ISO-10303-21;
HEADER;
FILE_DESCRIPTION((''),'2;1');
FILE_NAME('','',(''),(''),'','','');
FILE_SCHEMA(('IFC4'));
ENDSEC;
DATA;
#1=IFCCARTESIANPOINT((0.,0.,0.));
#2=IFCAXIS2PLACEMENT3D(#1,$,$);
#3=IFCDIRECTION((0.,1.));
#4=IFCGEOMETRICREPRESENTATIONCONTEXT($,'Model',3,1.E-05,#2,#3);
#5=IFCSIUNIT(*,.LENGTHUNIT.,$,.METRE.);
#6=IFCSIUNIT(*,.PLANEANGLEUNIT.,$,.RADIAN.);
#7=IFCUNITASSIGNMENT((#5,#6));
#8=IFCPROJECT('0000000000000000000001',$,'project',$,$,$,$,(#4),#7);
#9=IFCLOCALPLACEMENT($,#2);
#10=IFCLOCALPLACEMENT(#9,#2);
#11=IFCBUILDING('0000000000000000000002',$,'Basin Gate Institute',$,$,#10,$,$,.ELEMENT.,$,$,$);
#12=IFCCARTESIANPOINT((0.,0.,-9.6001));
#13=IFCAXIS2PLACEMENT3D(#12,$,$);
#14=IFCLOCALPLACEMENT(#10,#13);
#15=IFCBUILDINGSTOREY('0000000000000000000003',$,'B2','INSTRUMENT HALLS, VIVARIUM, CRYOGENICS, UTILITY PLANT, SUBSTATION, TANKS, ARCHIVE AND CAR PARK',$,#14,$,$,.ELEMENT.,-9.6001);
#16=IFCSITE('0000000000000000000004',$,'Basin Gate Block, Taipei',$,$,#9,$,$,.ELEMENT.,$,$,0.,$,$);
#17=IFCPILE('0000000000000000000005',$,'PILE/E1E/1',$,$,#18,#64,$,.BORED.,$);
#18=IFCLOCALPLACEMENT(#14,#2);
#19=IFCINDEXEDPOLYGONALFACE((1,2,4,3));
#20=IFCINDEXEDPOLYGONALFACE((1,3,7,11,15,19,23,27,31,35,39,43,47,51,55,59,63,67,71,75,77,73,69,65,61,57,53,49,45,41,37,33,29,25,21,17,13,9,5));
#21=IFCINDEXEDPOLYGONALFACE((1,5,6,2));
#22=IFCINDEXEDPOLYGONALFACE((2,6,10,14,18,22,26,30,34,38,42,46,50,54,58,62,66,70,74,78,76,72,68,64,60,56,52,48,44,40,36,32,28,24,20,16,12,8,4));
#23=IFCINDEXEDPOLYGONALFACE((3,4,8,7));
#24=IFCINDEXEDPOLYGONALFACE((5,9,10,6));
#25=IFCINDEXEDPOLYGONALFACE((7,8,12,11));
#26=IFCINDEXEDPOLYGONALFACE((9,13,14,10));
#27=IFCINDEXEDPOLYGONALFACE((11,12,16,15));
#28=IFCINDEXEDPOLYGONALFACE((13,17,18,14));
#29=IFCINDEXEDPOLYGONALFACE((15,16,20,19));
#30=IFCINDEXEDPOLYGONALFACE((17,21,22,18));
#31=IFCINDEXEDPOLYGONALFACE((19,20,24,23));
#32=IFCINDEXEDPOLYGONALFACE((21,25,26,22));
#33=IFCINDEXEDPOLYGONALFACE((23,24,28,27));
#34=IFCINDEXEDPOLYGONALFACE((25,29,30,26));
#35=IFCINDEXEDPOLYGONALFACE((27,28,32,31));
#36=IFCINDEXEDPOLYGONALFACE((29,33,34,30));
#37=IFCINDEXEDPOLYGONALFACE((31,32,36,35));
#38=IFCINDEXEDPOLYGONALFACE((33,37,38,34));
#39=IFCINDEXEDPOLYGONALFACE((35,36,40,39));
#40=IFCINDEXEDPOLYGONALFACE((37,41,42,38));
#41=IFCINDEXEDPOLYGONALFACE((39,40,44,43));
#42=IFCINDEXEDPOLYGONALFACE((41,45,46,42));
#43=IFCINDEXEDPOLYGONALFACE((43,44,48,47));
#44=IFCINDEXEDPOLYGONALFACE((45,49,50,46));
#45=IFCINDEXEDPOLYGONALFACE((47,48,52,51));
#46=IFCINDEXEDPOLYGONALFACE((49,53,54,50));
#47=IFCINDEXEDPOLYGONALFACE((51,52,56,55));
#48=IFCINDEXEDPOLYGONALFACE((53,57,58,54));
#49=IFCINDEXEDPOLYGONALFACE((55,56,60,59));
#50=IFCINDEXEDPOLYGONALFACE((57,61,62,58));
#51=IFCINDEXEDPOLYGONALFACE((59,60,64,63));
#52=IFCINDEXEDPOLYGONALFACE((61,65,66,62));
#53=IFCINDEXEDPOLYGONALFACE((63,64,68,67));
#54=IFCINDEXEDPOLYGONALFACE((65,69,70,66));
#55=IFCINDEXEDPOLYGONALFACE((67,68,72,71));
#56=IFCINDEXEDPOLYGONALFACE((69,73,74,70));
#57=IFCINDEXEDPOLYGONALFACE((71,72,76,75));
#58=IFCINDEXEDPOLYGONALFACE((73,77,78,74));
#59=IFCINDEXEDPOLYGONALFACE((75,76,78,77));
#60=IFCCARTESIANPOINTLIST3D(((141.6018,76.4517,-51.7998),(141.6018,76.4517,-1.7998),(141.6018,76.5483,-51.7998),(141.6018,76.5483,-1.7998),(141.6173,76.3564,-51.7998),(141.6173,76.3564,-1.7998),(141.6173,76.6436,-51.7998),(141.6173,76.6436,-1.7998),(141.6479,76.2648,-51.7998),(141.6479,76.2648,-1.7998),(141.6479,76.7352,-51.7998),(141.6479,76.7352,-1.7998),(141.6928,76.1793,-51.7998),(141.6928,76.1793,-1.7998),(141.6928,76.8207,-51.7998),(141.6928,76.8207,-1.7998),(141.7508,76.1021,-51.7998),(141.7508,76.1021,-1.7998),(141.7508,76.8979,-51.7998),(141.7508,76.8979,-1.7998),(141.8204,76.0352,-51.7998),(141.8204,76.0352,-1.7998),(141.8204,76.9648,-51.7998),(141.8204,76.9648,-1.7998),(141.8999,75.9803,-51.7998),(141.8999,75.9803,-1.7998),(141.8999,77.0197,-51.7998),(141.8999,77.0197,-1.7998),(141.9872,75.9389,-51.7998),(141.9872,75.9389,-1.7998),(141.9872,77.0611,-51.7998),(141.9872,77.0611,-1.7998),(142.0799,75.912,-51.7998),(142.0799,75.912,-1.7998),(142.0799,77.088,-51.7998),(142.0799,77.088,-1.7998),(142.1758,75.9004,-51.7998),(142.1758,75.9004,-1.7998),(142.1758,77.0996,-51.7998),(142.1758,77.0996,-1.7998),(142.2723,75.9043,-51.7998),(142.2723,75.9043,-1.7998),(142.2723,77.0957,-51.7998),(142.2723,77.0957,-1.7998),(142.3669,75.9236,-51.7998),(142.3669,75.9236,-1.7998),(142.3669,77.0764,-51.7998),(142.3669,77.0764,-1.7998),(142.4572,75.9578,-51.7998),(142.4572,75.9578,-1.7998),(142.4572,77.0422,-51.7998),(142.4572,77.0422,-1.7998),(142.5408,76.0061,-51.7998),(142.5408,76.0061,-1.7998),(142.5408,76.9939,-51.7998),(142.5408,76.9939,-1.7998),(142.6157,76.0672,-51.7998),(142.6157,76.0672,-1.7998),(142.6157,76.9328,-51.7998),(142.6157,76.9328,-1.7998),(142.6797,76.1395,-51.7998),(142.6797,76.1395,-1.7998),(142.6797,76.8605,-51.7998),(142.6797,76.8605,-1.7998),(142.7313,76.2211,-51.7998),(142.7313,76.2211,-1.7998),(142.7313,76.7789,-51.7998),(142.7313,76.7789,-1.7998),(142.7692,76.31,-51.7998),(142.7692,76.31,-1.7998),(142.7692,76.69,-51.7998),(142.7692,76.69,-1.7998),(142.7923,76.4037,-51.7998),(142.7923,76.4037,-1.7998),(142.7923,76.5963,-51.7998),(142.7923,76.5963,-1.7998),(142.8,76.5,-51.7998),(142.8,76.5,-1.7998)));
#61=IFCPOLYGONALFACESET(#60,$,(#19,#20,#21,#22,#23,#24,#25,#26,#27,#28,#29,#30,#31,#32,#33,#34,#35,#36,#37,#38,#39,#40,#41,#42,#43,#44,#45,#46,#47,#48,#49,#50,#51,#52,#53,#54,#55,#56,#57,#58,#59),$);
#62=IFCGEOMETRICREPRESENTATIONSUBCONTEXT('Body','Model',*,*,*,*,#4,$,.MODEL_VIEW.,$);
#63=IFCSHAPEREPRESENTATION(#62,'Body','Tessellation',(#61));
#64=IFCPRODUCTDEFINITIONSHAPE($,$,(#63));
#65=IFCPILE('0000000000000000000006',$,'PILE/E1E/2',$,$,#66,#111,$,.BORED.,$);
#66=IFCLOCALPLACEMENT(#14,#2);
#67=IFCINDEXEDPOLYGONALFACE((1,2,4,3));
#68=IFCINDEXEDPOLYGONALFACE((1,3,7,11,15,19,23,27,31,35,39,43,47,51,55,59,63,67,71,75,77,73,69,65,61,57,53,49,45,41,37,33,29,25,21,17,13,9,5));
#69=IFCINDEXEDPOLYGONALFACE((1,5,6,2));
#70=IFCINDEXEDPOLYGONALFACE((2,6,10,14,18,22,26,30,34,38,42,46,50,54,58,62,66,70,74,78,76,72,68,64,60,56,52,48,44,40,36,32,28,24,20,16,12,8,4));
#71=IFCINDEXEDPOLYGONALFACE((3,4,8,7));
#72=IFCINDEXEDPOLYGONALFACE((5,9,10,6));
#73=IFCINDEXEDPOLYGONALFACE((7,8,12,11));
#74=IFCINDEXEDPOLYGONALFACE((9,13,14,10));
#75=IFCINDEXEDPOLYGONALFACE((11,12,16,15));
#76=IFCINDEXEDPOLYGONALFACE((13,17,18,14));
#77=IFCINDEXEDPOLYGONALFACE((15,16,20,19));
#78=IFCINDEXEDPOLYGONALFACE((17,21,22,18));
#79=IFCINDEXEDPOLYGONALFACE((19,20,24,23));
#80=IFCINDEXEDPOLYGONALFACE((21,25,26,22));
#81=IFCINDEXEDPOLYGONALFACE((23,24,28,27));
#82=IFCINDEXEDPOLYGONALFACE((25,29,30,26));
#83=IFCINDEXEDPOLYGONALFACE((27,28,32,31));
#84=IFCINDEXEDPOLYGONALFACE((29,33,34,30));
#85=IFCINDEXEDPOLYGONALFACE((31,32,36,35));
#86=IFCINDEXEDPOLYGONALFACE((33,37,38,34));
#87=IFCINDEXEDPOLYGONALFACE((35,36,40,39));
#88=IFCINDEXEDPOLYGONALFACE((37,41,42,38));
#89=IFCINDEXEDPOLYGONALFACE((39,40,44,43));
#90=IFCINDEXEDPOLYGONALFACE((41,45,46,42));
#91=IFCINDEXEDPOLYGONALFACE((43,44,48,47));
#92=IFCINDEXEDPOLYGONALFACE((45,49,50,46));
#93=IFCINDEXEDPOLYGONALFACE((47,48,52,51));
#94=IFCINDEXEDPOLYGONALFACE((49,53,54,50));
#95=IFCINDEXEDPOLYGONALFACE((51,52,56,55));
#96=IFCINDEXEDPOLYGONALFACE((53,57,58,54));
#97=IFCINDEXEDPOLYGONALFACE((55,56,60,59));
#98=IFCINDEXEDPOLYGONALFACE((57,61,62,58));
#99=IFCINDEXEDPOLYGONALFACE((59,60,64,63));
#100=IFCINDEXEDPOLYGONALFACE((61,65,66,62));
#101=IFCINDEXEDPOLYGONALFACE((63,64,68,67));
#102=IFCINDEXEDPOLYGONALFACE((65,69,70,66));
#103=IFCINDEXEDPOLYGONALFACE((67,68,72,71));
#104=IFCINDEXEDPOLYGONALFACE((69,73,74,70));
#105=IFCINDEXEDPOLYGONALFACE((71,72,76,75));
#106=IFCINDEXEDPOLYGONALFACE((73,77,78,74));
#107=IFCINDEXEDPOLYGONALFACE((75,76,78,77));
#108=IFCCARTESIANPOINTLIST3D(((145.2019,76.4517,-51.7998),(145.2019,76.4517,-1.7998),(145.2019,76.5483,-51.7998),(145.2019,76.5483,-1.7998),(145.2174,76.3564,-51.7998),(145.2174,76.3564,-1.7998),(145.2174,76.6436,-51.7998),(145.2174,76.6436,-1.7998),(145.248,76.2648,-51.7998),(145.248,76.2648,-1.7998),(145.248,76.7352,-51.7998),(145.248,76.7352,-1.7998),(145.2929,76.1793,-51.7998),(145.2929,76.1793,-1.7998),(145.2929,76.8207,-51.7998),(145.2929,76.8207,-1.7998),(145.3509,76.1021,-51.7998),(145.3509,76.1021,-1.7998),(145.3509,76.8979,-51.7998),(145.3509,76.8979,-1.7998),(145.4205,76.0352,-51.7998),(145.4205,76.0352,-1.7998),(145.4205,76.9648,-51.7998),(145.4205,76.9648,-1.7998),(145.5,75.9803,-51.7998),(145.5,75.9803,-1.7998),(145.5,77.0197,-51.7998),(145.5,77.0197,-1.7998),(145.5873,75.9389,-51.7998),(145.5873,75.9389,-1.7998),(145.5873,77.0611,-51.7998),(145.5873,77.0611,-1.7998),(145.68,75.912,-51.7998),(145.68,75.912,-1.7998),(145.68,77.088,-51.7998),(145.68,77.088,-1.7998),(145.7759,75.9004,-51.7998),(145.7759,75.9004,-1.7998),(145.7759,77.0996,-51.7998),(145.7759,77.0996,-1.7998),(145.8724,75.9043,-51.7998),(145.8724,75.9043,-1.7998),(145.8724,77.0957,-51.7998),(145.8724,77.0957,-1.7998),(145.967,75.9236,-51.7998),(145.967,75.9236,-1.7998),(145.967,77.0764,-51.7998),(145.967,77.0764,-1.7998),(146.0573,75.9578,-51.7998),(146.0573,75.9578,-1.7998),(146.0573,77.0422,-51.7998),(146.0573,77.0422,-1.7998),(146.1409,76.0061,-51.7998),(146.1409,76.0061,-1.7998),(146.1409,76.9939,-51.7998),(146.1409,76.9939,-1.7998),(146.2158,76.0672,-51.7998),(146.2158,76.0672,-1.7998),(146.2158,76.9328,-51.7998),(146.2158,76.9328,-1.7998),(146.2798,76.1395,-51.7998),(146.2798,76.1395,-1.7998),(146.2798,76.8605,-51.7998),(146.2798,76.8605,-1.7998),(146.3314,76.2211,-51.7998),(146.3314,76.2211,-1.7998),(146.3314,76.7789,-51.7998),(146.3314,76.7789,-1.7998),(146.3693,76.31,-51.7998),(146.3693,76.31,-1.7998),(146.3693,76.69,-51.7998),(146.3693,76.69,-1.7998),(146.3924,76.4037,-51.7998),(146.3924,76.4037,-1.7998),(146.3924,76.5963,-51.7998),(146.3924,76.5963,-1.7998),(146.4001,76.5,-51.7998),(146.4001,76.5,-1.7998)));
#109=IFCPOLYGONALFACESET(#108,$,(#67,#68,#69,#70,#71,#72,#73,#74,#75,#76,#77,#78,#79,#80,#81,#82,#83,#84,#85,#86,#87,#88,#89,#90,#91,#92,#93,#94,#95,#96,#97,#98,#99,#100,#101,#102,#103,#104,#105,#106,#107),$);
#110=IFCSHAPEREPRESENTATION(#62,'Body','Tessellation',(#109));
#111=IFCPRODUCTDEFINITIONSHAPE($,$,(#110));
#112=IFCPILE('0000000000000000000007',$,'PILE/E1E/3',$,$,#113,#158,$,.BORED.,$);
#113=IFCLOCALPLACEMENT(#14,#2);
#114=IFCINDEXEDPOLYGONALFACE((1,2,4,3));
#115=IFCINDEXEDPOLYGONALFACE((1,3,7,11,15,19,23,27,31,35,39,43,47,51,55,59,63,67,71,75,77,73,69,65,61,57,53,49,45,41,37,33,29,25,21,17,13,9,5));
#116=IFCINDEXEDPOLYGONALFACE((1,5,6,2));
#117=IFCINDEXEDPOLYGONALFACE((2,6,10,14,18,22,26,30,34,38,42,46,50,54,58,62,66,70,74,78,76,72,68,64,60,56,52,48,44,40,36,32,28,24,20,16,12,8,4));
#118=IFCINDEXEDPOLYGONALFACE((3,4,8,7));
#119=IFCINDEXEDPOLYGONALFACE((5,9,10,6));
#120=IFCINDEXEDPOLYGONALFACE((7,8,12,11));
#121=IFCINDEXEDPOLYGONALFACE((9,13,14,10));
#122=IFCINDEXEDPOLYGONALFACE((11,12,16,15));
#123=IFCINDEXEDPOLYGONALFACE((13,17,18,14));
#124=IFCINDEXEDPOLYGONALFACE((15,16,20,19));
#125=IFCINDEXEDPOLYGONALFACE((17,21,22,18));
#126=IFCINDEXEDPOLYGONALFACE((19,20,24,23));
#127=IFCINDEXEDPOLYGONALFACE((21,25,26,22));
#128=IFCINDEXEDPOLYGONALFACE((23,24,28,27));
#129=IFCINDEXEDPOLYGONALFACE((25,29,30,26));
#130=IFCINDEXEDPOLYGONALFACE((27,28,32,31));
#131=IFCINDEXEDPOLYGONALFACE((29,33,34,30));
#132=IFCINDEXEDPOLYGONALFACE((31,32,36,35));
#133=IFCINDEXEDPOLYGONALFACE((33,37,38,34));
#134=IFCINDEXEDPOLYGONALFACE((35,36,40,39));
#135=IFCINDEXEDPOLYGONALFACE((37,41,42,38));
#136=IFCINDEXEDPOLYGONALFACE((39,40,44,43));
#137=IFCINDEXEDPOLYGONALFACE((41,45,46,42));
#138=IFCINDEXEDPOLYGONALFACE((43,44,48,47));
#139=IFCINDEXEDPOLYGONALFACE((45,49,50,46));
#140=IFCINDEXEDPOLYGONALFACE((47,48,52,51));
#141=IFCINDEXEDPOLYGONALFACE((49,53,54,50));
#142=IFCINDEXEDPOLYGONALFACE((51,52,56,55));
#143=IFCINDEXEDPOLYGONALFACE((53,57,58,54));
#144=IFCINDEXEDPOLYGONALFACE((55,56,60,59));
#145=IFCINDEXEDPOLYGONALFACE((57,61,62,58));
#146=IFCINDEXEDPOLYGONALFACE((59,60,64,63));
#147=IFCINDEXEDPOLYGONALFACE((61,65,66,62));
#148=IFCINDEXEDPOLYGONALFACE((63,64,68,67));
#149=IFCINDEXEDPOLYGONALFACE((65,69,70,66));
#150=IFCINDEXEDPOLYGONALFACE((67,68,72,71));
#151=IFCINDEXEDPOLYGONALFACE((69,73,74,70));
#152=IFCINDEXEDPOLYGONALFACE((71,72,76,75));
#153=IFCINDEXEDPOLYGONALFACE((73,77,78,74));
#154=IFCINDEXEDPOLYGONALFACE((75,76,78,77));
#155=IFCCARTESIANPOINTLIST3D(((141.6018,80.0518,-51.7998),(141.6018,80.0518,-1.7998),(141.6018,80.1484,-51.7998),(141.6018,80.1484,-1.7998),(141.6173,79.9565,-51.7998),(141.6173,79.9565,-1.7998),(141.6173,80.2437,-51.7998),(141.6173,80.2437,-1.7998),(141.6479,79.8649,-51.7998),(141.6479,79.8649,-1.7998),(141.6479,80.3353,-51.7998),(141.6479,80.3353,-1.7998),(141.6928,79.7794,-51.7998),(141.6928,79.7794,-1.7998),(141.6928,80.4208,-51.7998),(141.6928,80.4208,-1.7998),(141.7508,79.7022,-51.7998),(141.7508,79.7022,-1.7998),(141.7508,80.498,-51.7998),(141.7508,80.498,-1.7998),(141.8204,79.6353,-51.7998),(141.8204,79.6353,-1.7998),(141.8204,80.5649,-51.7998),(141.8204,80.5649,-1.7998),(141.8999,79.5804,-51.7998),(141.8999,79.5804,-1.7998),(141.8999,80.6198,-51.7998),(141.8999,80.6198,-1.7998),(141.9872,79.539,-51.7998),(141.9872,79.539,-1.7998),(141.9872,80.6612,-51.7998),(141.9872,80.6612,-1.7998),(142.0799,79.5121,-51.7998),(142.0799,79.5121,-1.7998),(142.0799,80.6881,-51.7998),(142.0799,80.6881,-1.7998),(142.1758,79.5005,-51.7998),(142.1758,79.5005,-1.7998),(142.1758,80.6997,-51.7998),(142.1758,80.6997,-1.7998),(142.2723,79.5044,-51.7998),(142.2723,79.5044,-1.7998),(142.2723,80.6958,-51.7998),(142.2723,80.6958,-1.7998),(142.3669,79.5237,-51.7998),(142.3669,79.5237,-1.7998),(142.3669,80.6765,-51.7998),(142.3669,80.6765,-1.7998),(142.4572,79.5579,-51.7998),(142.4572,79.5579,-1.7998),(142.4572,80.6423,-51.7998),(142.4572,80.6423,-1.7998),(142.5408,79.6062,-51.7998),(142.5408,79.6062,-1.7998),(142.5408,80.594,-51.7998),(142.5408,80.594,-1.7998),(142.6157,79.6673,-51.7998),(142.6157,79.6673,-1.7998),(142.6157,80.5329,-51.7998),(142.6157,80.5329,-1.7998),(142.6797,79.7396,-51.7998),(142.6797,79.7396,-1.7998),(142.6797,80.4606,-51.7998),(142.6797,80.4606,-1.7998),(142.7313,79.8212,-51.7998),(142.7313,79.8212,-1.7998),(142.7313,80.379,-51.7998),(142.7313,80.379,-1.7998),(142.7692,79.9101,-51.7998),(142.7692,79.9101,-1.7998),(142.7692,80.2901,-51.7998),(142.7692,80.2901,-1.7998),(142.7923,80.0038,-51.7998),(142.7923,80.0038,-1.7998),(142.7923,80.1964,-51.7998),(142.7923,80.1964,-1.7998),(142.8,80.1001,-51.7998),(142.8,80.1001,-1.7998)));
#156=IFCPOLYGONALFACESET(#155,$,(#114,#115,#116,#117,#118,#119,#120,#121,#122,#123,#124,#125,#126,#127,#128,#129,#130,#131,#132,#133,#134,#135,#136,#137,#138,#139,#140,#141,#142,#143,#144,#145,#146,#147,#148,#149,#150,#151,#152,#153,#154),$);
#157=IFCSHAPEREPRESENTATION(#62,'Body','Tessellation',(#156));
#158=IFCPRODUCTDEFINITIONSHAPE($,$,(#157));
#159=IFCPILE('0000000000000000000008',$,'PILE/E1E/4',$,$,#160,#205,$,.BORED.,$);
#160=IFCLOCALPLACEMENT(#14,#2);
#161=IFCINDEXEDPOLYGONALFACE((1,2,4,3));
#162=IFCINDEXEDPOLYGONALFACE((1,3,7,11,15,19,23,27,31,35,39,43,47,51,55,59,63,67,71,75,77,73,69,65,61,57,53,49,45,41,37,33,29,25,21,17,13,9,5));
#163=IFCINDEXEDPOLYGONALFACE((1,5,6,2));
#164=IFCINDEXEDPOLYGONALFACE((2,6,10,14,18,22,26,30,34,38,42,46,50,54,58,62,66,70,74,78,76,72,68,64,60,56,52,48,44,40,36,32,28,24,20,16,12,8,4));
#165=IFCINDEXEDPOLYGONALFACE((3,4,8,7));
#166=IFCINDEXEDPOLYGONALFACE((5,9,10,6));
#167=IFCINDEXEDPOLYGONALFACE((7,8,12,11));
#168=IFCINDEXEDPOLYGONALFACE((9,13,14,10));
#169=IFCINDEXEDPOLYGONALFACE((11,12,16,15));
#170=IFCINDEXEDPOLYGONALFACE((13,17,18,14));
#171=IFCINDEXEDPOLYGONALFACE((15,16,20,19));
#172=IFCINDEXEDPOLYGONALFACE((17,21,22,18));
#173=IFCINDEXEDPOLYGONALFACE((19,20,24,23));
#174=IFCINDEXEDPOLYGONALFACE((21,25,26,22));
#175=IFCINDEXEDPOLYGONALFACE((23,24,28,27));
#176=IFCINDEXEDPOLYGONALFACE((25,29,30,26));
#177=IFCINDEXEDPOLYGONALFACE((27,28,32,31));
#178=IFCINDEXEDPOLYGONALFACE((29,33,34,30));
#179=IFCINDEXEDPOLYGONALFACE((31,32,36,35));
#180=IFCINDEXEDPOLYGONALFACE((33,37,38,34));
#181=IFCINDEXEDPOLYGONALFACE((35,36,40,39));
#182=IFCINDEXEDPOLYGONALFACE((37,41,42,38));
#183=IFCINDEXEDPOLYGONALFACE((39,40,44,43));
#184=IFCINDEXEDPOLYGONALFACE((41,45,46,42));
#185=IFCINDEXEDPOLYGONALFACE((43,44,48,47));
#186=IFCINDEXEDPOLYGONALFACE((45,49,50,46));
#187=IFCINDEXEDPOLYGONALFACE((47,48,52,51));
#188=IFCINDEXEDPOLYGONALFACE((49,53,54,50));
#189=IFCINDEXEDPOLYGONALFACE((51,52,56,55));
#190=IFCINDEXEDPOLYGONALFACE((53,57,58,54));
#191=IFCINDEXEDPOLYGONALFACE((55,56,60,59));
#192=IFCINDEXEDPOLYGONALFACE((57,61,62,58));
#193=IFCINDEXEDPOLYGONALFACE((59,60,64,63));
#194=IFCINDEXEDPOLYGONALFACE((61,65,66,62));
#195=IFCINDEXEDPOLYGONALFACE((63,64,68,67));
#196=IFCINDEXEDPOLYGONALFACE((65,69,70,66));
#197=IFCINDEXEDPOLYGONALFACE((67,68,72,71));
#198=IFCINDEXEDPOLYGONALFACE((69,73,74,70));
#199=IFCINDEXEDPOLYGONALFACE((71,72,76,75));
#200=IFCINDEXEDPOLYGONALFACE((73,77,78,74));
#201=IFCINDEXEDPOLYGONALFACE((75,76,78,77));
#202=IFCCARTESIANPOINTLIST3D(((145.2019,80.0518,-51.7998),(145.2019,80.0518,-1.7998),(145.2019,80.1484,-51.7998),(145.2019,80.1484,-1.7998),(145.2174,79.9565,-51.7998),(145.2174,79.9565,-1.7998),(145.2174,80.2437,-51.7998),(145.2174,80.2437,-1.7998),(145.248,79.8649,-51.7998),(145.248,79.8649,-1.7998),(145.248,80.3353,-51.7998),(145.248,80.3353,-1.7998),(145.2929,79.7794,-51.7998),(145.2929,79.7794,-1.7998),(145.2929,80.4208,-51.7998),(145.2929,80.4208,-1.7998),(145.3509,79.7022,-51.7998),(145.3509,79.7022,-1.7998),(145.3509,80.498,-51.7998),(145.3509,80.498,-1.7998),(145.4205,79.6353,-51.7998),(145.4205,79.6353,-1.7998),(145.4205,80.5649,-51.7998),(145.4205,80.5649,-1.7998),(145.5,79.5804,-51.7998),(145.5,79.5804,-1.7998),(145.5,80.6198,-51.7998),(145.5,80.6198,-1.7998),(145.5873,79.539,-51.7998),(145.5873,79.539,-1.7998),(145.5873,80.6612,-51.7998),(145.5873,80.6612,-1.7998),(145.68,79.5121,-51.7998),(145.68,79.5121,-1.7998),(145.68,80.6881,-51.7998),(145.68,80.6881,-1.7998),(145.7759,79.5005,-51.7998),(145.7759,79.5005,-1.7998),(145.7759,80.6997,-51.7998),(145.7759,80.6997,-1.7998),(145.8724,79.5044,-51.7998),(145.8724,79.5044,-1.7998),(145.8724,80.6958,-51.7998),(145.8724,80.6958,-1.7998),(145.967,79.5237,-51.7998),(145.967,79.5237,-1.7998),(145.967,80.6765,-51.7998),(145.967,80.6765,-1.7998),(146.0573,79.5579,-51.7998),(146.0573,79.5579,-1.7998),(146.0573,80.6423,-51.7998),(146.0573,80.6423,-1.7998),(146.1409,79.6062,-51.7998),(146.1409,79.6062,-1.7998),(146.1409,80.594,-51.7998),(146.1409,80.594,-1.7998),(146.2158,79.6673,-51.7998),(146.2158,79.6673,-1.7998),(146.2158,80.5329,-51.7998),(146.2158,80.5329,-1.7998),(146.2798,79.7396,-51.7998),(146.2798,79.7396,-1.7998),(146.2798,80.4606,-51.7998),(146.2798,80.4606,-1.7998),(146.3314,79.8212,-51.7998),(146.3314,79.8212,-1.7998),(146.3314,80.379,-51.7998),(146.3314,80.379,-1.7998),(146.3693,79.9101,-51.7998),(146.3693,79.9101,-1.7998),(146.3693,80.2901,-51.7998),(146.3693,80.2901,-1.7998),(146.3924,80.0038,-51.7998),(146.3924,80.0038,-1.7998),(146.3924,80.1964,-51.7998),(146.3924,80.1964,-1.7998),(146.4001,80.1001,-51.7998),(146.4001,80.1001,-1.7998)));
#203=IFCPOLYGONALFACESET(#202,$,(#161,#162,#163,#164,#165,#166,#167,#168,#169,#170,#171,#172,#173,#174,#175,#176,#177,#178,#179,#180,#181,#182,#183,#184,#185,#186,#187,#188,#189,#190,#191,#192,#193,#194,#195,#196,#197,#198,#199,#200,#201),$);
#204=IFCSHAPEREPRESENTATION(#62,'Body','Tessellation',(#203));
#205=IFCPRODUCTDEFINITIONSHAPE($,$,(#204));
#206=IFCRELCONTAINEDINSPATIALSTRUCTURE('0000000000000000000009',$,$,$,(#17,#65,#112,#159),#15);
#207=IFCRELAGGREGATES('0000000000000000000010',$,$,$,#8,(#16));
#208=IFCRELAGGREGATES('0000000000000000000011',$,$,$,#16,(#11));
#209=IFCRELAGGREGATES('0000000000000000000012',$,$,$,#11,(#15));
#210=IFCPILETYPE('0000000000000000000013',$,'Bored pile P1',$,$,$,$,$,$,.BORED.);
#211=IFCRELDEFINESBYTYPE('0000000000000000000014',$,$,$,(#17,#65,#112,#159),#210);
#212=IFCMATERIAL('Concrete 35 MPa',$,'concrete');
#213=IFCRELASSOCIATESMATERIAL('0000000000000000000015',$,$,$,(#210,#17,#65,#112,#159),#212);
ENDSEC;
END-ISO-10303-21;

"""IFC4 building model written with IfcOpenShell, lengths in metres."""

from ifc_helpers import new_model, si_unit, direction, frame, origin, origin_2d, place, context, subcontext, project, spatial, circle, extrude, material, material_profile, profile_set, type_object, element, save


model = new_model("IFC4")

# Units and contexts
model_context = context("Model", 3, precision=1e-05, world=origin(), true_north=direction((0.0, 1.0)))
body_context = subcontext(model_context, "Body", "Model", "MODEL_VIEW")
ifc_project = project(units=[si_unit("LENGTHUNIT", "METRE"), si_unit("PLANEANGLEUNIT", "RADIAN")], contexts=[model_context])

# Site, building, storey
site_placement = place(None, origin())
site = spatial("IfcSite", under=ifc_project, at=site_placement, Name="Basin Gate Block, Taipei", CompositionType="ELEMENT", RefElevation=0.0)
building_placement = place(site_placement, origin())
building = spatial("IfcBuilding", under=site, at=building_placement, Name="Basin Gate Institute", CompositionType="ELEMENT")
storey_placement = place(building_placement, frame((0.0, 0.0, -9.6001)))
storey = spatial("IfcBuildingStorey", under=building, at=storey_placement, Name="B2", Description="INSTRUMENT HALLS, VIVARIUM, CRYOGENICS, UTILITY PLANT, SUBSTATION, TANKS, ARCHIVE AND CAR PARK", CompositionType="ELEMENT", Elevation=-9.6001)

# Piles
ifc_material_1 = material(Name="Concrete 35 MPa", Category="concrete")
ifc_material_profile_1 = material_profile(ifc_material_1, circle(Radius=0.6001, at=origin_2d()), Name="Bored pile P1 1200 dia")
ifc_profile_set_1 = profile_set([ifc_material_profile_1], Name="Concrete 35 MPa")
pile_type = type_object("IfcPileType", Name="Bored pile P1", PredefinedType="BORED", material=ifc_profile_set_1)
for number, where, z_axis, x_axis, name in (
    (1, (142.2, 76.5, -1.7998), (0.0, 0.0, -1.0), (1.0, 0.0, 0.0), "PILE/E1E/1"),
    (2, (145.8, 76.5, -1.7998), (0.0, 0.0, -1.0), (1.0, 0.0, 0.0), "PILE/E1E/2"),
    (3, (142.2, 80.1001, -1.7998), (0.0, 0.0, -1.0), (1.0, 0.0, 0.0), "PILE/E1E/3"),
    (4, (145.8, 80.1001, -1.7998), (0.0, 0.0, -1.0), (1.0, 0.0, 0.0), "PILE/E1E/4"),
):
    element("IfcPile", number, at=place(storey_placement, frame(where, z_axis=z_axis, x_axis=x_axis)), inside=storey, type_object=pile_type, material=ifc_profile_set_1, Name=name, PredefinedType="BORED", context=body_context, shape_type="SweptSolid", body=[
        extrude(circle(Radius=0.6001, at=origin_2d()), origin(), (0.0, 0.0, 1.0), 50.0),
    ])

save(model, "model.ifc")
